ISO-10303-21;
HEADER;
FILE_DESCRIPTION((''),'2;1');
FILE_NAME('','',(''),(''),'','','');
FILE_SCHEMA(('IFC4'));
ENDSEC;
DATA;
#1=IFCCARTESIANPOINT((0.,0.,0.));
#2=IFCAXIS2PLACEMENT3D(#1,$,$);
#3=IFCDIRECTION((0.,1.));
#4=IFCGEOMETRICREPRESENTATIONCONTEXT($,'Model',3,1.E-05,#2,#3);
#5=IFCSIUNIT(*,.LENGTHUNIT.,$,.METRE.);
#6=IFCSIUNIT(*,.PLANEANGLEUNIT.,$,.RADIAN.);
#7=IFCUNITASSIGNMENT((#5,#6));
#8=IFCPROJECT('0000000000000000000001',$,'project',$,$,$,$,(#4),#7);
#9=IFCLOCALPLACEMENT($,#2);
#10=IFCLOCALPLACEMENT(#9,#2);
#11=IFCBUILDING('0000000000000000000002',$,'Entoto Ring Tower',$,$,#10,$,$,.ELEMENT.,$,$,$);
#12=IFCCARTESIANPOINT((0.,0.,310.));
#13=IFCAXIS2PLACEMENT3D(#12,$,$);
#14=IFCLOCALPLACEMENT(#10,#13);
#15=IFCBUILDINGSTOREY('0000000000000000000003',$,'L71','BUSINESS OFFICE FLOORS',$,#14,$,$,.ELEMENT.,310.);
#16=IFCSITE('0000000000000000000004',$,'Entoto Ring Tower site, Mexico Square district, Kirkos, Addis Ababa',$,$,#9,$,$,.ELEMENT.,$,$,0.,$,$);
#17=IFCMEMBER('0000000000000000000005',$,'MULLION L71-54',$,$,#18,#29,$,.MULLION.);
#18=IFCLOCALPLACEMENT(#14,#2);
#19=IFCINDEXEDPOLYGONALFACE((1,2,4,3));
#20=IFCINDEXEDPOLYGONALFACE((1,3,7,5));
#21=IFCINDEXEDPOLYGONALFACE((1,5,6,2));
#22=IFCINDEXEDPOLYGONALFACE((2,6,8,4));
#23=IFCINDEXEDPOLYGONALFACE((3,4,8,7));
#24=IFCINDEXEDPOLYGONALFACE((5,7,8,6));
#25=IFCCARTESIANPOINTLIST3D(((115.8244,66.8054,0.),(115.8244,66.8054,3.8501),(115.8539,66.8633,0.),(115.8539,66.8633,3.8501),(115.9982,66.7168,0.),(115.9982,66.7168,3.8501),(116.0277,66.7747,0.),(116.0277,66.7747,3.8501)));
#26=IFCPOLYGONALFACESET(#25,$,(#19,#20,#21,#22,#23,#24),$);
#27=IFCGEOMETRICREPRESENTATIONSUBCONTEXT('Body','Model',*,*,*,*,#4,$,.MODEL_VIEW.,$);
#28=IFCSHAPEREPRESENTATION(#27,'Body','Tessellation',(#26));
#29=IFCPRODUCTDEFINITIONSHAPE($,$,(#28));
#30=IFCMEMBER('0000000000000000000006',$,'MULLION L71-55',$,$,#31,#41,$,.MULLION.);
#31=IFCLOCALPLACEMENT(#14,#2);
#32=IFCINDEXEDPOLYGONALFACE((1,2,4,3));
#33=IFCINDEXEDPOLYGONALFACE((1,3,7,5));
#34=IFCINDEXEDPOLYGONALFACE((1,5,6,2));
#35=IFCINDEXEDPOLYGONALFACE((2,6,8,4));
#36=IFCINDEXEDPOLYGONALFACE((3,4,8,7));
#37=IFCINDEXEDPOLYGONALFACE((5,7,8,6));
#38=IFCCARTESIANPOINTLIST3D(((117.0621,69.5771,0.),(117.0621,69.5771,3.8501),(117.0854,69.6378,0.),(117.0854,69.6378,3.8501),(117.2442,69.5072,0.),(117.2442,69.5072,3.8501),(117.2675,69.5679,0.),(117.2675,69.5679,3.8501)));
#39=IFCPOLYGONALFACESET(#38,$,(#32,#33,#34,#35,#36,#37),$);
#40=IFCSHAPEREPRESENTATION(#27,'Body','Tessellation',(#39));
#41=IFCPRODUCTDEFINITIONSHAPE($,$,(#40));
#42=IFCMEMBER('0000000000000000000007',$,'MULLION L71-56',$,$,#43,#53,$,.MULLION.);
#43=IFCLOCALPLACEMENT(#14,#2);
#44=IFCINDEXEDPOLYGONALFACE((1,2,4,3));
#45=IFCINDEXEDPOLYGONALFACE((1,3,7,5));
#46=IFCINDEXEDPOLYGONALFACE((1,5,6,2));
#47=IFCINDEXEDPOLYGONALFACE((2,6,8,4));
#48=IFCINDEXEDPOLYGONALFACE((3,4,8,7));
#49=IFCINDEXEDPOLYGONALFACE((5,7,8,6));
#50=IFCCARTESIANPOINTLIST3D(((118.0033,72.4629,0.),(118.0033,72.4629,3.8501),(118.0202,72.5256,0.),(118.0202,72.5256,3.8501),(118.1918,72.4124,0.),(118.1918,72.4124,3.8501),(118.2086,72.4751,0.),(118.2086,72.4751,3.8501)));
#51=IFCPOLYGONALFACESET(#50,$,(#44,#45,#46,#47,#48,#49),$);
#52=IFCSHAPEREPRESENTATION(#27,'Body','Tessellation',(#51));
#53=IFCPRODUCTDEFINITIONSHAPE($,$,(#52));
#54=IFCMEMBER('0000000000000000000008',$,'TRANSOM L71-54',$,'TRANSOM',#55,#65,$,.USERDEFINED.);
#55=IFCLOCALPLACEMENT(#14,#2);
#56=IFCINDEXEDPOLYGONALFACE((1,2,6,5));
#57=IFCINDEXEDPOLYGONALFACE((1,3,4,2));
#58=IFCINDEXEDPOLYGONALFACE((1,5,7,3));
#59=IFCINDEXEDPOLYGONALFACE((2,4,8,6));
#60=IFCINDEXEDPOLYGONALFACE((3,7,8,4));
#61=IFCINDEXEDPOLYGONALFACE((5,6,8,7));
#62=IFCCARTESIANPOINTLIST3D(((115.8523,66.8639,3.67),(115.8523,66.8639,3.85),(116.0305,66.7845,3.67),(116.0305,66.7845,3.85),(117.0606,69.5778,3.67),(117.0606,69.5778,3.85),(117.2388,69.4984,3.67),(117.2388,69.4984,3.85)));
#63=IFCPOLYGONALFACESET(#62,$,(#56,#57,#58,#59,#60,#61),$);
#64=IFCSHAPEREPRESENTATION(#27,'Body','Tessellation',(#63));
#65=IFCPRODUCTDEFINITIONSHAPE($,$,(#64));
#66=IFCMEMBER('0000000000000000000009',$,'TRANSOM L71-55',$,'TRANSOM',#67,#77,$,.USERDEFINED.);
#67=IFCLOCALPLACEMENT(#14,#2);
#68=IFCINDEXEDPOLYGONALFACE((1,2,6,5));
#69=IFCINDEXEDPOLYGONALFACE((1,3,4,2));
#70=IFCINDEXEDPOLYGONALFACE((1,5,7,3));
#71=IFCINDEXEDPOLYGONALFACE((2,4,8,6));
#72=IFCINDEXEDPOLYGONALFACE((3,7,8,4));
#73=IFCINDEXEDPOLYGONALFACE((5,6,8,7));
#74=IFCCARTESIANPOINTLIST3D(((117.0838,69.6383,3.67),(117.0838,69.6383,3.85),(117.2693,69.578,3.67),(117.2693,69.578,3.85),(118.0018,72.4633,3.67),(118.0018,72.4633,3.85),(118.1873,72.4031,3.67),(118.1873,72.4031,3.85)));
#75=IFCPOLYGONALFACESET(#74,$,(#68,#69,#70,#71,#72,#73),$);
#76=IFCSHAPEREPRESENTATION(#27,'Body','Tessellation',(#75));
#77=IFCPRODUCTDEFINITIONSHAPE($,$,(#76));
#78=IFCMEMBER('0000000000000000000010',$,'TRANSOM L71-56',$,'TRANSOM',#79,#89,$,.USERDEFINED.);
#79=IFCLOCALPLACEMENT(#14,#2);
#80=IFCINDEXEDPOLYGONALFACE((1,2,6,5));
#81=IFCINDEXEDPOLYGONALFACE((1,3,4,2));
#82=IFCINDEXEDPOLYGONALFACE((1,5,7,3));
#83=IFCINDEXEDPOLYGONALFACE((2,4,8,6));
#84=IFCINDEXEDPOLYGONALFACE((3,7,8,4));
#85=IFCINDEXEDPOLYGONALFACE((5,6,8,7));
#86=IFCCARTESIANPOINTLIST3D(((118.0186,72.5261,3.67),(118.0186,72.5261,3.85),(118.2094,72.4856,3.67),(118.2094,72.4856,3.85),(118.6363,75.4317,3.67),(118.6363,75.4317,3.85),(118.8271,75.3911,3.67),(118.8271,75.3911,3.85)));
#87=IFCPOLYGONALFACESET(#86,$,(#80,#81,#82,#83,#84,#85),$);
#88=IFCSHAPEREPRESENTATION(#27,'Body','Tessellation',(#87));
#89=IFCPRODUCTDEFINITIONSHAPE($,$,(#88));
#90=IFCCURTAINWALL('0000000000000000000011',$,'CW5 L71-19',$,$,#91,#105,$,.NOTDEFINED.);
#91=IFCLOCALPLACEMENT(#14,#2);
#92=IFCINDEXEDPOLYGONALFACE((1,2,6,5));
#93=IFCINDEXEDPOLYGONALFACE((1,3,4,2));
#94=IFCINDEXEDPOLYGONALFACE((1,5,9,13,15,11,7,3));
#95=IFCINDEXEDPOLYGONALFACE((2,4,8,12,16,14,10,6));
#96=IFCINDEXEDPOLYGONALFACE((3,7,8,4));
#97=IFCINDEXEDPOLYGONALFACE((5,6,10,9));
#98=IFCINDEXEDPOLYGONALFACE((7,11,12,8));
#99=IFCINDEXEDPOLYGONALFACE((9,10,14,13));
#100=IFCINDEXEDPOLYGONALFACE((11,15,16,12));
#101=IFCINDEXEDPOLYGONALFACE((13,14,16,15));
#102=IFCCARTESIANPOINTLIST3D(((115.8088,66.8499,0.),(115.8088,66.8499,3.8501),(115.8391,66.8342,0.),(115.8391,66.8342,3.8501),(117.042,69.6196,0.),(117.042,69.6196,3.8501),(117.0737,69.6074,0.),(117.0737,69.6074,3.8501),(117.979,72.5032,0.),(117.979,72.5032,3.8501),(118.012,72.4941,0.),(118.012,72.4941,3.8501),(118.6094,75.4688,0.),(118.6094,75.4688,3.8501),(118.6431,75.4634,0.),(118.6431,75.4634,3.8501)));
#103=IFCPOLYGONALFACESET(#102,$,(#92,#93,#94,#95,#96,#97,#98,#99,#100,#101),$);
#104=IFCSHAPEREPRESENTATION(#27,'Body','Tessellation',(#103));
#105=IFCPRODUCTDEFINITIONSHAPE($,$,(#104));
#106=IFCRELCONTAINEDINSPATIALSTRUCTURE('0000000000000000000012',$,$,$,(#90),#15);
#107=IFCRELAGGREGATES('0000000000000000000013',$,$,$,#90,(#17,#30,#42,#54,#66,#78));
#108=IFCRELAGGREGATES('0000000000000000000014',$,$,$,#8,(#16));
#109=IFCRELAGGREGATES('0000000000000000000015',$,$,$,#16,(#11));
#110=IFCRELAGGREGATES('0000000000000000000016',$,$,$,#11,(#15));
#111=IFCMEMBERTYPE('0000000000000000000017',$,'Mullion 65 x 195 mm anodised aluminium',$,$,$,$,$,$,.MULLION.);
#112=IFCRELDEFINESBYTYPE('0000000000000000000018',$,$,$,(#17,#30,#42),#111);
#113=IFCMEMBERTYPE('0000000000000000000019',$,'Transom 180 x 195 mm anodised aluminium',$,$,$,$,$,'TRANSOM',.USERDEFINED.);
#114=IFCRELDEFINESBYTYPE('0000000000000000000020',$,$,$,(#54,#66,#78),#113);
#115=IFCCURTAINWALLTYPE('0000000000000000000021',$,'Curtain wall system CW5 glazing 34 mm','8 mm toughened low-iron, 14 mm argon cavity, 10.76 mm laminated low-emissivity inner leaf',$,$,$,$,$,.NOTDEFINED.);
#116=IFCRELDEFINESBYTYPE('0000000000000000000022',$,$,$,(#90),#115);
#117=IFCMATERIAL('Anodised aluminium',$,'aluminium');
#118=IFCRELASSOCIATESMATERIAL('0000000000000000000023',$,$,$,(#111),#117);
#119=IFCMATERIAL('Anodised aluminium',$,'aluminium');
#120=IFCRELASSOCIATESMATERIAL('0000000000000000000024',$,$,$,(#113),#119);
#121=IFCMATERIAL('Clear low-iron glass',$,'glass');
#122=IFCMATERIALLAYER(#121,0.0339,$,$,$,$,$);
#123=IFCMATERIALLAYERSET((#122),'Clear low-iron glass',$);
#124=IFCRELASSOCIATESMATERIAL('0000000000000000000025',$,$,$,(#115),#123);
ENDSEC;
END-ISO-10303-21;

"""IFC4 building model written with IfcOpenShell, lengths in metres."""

from ifc_helpers import new_model, si_unit, direction, frame, origin, origin_2d, place, context, subcontext, project, spatial, polyline, rectangle, outline, extrude, material, layer, layer_set, material_profile, profile_set, type_object, element, aggregate, save


model = new_model("IFC4")

# Units and contexts
model_context = context("Model", 3, precision=1e-05, world=origin(), true_north=direction((0.0, 1.0)))
body_context = subcontext(model_context, "Body", "Model", "MODEL_VIEW")
ifc_project = project(units=[si_unit("LENGTHUNIT", "METRE"), si_unit("PLANEANGLEUNIT", "RADIAN")], contexts=[model_context])

# Members
ifc_material_1 = material(Name="Anodised aluminium", Category="aluminium")
ifc_material_profile_1 = material_profile(ifc_material_1, rectangle(XDim=0.0649, YDim=0.1951, at=origin_2d()), Name="Mullion 65 x 195 mm anodised aluminium")
ifc_profile_set_1 = profile_set([ifc_material_profile_1], Name="Anodised aluminium")
member_type_1 = type_object("IfcMemberType", Name="Mullion 65 x 195 mm anodised aluminium", PredefinedType="MULLION", material=ifc_profile_set_1)
site_placement = place(None, origin())
building_placement = place(site_placement, origin())
storey_placement = place(building_placement, frame((0.0, 0.0, 310.0)))
member_1_placement = place(storey_placement, frame((115.926, 66.79, 0.0), z_axis=(0.0, 0.0, 1.0), x_axis=(0.45399, 0.891007, 0.0)))
member_1 = element("IfcMember", 1, at=member_1_placement, type_object=member_type_1, Name="MULLION L71-54", PredefinedType="MULLION", context=body_context, shape_type="SweptSolid", body=[
    extrude(rectangle(XDim=0.0649, YDim=0.1951, at=origin_2d()), origin(), (0.0, 0.0, 1.0), 3.8501),
])
member_2_placement = place(storey_placement, frame((117.1648, 69.5725, 0.0), z_axis=(0.0, 0.0, 1.0), x_axis=(0.358368, 0.93358, 0.0)))
member_2 = element("IfcMember", 2, at=member_2_placement, type_object=member_type_1, Name="MULLION L71-55", PredefinedType="MULLION", context=body_context, shape_type="SweptSolid", body=[
    extrude(rectangle(XDim=0.0649, YDim=0.1951, at=origin_2d()), origin(), (0.0, 0.0, 1.0), 3.8501),
])
member_3_placement = place(storey_placement, frame((118.106, 72.469, 0.0), z_axis=(0.0, 0.0, 1.0), x_axis=(0.258819, 0.965926, 0.0)))
member_3 = element("IfcMember", 3, at=member_3_placement, type_object=member_type_1, Name="MULLION L71-56", PredefinedType="MULLION", context=body_context, shape_type="SweptSolid", body=[
    extrude(rectangle(XDim=0.0649, YDim=0.1951, at=origin_2d()), origin(), (0.0, 0.0, 1.0), 3.8501),
])
ifc_material_2 = material(Name="Anodised aluminium", Category="aluminium")
ifc_material_profile_2 = material_profile(ifc_material_2, rectangle(XDim=0.1951, YDim=0.1799, at=origin_2d()), Name="Transom 180 x 195 mm anodised aluminium")
ifc_profile_set_2 = profile_set([ifc_material_profile_2], Name="Anodised aluminium")
member_type_2 = type_object("IfcMemberType", Name="Transom 180 x 195 mm anodised aluminium", ElementType="TRANSOM", PredefinedType="USERDEFINED", material=ifc_profile_set_2)
member_4_placement = place(storey_placement, frame((115.9414, 66.8242, 3.76), z_axis=(0.406726, 0.91355, 0.0), x_axis=(-0.91355, 0.406726, 0.0)))
member_4 = element("IfcMember", 4, at=member_4_placement, type_object=member_type_2, Name="TRANSOM L71-54", ObjectType="TRANSOM", PredefinedType="USERDEFINED", context=body_context, shape_type="SweptSolid", body=[
    extrude(rectangle(XDim=0.1951, YDim=0.1799, at=origin_2d()), origin(), (0.0, 0.0, 1.0), 2.9707),
])
member_5_placement = place(storey_placement, frame((117.1765, 69.6082, 3.76), z_axis=(0.309043, 0.951048, 0.0), x_axis=(-0.951048, 0.309043, 0.0)))
member_5 = element("IfcMember", 5, at=member_5_placement, type_object=member_type_2, Name="TRANSOM L71-55", ObjectType="TRANSOM", PredefinedType="USERDEFINED", context=body_context, shape_type="SweptSolid", body=[
    extrude(rectangle(XDim=0.1951, YDim=0.1799, at=origin_2d()), origin(), (0.0, 0.0, 1.0), 2.9705),
])
member_6_placement = place(storey_placement, frame((118.114, 72.5059, 3.76), z_axis=(0.20794, 0.978142, 0.0), x_axis=(-0.978142, 0.20794, 0.0)))
member_6 = element("IfcMember", 6, at=member_6_placement, type_object=member_type_2, Name="TRANSOM L71-56", ObjectType="TRANSOM", PredefinedType="USERDEFINED", context=body_context, shape_type="SweptSolid", body=[
    extrude(rectangle(XDim=0.1951, YDim=0.1799, at=origin_2d()), origin(), (0.0, 0.0, 1.0), 2.9705),
])

# Site, building, storey
site = spatial("IfcSite", under=ifc_project, at=site_placement, Name="Entoto Ring Tower site, Mexico Square district, Kirkos, Addis Ababa", CompositionType="ELEMENT", RefElevation=0.0)
building = spatial("IfcBuilding", under=site, at=building_placement, Name="Entoto Ring Tower", CompositionType="ELEMENT")
storey = spatial("IfcBuildingStorey", under=building, at=storey_placement, Name="L71", Description="BUSINESS OFFICE FLOORS", CompositionType="ELEMENT", Elevation=310.0)

# Curtain wall
ifc_material_3 = material(Name="Clear low-iron glass", Category="glass")
ifc_layer_1 = layer(ifc_material_3, 0.0339)
ifc_layer_set_1 = layer_set([ifc_layer_1], Name="Clear low-iron glass")
curtain_wall_type = type_object("IfcCurtainWallType", Name="Curtain wall system CW5 glazing 34 mm", Description="8 mm toughened low-iron, 14 mm argon cavity, 10.76 mm laminated low-emissivity inner leaf", PredefinedType="NOTDEFINED", material=ifc_layer_set_1)
curtain_wall_1_placement = place(storey_placement, origin())
curtain_wall_1 = element("IfcCurtainWall", 7, at=curtain_wall_1_placement, inside=storey, type_object=curtain_wall_type, Name="CW5 L71-19", PredefinedType="NOTDEFINED", context=body_context, shape_type="SweptSolid", body=[
    extrude(outline(polyline([(115.8391, 66.8342), (117.0737, 69.6074), (118.012, 72.4941), (118.6431, 75.4634), (118.6094, 75.4688), (117.979, 72.5032), (117.042, 69.6196), (115.8088, 66.8499), (115.8391, 66.8342)])), origin(), (0.0, 0.0, 1.0), 3.8501),
])
aggregate(curtain_wall_1, [member_1, member_2, member_3, member_4, member_5, member_6])

save(model, "model.ifc")
